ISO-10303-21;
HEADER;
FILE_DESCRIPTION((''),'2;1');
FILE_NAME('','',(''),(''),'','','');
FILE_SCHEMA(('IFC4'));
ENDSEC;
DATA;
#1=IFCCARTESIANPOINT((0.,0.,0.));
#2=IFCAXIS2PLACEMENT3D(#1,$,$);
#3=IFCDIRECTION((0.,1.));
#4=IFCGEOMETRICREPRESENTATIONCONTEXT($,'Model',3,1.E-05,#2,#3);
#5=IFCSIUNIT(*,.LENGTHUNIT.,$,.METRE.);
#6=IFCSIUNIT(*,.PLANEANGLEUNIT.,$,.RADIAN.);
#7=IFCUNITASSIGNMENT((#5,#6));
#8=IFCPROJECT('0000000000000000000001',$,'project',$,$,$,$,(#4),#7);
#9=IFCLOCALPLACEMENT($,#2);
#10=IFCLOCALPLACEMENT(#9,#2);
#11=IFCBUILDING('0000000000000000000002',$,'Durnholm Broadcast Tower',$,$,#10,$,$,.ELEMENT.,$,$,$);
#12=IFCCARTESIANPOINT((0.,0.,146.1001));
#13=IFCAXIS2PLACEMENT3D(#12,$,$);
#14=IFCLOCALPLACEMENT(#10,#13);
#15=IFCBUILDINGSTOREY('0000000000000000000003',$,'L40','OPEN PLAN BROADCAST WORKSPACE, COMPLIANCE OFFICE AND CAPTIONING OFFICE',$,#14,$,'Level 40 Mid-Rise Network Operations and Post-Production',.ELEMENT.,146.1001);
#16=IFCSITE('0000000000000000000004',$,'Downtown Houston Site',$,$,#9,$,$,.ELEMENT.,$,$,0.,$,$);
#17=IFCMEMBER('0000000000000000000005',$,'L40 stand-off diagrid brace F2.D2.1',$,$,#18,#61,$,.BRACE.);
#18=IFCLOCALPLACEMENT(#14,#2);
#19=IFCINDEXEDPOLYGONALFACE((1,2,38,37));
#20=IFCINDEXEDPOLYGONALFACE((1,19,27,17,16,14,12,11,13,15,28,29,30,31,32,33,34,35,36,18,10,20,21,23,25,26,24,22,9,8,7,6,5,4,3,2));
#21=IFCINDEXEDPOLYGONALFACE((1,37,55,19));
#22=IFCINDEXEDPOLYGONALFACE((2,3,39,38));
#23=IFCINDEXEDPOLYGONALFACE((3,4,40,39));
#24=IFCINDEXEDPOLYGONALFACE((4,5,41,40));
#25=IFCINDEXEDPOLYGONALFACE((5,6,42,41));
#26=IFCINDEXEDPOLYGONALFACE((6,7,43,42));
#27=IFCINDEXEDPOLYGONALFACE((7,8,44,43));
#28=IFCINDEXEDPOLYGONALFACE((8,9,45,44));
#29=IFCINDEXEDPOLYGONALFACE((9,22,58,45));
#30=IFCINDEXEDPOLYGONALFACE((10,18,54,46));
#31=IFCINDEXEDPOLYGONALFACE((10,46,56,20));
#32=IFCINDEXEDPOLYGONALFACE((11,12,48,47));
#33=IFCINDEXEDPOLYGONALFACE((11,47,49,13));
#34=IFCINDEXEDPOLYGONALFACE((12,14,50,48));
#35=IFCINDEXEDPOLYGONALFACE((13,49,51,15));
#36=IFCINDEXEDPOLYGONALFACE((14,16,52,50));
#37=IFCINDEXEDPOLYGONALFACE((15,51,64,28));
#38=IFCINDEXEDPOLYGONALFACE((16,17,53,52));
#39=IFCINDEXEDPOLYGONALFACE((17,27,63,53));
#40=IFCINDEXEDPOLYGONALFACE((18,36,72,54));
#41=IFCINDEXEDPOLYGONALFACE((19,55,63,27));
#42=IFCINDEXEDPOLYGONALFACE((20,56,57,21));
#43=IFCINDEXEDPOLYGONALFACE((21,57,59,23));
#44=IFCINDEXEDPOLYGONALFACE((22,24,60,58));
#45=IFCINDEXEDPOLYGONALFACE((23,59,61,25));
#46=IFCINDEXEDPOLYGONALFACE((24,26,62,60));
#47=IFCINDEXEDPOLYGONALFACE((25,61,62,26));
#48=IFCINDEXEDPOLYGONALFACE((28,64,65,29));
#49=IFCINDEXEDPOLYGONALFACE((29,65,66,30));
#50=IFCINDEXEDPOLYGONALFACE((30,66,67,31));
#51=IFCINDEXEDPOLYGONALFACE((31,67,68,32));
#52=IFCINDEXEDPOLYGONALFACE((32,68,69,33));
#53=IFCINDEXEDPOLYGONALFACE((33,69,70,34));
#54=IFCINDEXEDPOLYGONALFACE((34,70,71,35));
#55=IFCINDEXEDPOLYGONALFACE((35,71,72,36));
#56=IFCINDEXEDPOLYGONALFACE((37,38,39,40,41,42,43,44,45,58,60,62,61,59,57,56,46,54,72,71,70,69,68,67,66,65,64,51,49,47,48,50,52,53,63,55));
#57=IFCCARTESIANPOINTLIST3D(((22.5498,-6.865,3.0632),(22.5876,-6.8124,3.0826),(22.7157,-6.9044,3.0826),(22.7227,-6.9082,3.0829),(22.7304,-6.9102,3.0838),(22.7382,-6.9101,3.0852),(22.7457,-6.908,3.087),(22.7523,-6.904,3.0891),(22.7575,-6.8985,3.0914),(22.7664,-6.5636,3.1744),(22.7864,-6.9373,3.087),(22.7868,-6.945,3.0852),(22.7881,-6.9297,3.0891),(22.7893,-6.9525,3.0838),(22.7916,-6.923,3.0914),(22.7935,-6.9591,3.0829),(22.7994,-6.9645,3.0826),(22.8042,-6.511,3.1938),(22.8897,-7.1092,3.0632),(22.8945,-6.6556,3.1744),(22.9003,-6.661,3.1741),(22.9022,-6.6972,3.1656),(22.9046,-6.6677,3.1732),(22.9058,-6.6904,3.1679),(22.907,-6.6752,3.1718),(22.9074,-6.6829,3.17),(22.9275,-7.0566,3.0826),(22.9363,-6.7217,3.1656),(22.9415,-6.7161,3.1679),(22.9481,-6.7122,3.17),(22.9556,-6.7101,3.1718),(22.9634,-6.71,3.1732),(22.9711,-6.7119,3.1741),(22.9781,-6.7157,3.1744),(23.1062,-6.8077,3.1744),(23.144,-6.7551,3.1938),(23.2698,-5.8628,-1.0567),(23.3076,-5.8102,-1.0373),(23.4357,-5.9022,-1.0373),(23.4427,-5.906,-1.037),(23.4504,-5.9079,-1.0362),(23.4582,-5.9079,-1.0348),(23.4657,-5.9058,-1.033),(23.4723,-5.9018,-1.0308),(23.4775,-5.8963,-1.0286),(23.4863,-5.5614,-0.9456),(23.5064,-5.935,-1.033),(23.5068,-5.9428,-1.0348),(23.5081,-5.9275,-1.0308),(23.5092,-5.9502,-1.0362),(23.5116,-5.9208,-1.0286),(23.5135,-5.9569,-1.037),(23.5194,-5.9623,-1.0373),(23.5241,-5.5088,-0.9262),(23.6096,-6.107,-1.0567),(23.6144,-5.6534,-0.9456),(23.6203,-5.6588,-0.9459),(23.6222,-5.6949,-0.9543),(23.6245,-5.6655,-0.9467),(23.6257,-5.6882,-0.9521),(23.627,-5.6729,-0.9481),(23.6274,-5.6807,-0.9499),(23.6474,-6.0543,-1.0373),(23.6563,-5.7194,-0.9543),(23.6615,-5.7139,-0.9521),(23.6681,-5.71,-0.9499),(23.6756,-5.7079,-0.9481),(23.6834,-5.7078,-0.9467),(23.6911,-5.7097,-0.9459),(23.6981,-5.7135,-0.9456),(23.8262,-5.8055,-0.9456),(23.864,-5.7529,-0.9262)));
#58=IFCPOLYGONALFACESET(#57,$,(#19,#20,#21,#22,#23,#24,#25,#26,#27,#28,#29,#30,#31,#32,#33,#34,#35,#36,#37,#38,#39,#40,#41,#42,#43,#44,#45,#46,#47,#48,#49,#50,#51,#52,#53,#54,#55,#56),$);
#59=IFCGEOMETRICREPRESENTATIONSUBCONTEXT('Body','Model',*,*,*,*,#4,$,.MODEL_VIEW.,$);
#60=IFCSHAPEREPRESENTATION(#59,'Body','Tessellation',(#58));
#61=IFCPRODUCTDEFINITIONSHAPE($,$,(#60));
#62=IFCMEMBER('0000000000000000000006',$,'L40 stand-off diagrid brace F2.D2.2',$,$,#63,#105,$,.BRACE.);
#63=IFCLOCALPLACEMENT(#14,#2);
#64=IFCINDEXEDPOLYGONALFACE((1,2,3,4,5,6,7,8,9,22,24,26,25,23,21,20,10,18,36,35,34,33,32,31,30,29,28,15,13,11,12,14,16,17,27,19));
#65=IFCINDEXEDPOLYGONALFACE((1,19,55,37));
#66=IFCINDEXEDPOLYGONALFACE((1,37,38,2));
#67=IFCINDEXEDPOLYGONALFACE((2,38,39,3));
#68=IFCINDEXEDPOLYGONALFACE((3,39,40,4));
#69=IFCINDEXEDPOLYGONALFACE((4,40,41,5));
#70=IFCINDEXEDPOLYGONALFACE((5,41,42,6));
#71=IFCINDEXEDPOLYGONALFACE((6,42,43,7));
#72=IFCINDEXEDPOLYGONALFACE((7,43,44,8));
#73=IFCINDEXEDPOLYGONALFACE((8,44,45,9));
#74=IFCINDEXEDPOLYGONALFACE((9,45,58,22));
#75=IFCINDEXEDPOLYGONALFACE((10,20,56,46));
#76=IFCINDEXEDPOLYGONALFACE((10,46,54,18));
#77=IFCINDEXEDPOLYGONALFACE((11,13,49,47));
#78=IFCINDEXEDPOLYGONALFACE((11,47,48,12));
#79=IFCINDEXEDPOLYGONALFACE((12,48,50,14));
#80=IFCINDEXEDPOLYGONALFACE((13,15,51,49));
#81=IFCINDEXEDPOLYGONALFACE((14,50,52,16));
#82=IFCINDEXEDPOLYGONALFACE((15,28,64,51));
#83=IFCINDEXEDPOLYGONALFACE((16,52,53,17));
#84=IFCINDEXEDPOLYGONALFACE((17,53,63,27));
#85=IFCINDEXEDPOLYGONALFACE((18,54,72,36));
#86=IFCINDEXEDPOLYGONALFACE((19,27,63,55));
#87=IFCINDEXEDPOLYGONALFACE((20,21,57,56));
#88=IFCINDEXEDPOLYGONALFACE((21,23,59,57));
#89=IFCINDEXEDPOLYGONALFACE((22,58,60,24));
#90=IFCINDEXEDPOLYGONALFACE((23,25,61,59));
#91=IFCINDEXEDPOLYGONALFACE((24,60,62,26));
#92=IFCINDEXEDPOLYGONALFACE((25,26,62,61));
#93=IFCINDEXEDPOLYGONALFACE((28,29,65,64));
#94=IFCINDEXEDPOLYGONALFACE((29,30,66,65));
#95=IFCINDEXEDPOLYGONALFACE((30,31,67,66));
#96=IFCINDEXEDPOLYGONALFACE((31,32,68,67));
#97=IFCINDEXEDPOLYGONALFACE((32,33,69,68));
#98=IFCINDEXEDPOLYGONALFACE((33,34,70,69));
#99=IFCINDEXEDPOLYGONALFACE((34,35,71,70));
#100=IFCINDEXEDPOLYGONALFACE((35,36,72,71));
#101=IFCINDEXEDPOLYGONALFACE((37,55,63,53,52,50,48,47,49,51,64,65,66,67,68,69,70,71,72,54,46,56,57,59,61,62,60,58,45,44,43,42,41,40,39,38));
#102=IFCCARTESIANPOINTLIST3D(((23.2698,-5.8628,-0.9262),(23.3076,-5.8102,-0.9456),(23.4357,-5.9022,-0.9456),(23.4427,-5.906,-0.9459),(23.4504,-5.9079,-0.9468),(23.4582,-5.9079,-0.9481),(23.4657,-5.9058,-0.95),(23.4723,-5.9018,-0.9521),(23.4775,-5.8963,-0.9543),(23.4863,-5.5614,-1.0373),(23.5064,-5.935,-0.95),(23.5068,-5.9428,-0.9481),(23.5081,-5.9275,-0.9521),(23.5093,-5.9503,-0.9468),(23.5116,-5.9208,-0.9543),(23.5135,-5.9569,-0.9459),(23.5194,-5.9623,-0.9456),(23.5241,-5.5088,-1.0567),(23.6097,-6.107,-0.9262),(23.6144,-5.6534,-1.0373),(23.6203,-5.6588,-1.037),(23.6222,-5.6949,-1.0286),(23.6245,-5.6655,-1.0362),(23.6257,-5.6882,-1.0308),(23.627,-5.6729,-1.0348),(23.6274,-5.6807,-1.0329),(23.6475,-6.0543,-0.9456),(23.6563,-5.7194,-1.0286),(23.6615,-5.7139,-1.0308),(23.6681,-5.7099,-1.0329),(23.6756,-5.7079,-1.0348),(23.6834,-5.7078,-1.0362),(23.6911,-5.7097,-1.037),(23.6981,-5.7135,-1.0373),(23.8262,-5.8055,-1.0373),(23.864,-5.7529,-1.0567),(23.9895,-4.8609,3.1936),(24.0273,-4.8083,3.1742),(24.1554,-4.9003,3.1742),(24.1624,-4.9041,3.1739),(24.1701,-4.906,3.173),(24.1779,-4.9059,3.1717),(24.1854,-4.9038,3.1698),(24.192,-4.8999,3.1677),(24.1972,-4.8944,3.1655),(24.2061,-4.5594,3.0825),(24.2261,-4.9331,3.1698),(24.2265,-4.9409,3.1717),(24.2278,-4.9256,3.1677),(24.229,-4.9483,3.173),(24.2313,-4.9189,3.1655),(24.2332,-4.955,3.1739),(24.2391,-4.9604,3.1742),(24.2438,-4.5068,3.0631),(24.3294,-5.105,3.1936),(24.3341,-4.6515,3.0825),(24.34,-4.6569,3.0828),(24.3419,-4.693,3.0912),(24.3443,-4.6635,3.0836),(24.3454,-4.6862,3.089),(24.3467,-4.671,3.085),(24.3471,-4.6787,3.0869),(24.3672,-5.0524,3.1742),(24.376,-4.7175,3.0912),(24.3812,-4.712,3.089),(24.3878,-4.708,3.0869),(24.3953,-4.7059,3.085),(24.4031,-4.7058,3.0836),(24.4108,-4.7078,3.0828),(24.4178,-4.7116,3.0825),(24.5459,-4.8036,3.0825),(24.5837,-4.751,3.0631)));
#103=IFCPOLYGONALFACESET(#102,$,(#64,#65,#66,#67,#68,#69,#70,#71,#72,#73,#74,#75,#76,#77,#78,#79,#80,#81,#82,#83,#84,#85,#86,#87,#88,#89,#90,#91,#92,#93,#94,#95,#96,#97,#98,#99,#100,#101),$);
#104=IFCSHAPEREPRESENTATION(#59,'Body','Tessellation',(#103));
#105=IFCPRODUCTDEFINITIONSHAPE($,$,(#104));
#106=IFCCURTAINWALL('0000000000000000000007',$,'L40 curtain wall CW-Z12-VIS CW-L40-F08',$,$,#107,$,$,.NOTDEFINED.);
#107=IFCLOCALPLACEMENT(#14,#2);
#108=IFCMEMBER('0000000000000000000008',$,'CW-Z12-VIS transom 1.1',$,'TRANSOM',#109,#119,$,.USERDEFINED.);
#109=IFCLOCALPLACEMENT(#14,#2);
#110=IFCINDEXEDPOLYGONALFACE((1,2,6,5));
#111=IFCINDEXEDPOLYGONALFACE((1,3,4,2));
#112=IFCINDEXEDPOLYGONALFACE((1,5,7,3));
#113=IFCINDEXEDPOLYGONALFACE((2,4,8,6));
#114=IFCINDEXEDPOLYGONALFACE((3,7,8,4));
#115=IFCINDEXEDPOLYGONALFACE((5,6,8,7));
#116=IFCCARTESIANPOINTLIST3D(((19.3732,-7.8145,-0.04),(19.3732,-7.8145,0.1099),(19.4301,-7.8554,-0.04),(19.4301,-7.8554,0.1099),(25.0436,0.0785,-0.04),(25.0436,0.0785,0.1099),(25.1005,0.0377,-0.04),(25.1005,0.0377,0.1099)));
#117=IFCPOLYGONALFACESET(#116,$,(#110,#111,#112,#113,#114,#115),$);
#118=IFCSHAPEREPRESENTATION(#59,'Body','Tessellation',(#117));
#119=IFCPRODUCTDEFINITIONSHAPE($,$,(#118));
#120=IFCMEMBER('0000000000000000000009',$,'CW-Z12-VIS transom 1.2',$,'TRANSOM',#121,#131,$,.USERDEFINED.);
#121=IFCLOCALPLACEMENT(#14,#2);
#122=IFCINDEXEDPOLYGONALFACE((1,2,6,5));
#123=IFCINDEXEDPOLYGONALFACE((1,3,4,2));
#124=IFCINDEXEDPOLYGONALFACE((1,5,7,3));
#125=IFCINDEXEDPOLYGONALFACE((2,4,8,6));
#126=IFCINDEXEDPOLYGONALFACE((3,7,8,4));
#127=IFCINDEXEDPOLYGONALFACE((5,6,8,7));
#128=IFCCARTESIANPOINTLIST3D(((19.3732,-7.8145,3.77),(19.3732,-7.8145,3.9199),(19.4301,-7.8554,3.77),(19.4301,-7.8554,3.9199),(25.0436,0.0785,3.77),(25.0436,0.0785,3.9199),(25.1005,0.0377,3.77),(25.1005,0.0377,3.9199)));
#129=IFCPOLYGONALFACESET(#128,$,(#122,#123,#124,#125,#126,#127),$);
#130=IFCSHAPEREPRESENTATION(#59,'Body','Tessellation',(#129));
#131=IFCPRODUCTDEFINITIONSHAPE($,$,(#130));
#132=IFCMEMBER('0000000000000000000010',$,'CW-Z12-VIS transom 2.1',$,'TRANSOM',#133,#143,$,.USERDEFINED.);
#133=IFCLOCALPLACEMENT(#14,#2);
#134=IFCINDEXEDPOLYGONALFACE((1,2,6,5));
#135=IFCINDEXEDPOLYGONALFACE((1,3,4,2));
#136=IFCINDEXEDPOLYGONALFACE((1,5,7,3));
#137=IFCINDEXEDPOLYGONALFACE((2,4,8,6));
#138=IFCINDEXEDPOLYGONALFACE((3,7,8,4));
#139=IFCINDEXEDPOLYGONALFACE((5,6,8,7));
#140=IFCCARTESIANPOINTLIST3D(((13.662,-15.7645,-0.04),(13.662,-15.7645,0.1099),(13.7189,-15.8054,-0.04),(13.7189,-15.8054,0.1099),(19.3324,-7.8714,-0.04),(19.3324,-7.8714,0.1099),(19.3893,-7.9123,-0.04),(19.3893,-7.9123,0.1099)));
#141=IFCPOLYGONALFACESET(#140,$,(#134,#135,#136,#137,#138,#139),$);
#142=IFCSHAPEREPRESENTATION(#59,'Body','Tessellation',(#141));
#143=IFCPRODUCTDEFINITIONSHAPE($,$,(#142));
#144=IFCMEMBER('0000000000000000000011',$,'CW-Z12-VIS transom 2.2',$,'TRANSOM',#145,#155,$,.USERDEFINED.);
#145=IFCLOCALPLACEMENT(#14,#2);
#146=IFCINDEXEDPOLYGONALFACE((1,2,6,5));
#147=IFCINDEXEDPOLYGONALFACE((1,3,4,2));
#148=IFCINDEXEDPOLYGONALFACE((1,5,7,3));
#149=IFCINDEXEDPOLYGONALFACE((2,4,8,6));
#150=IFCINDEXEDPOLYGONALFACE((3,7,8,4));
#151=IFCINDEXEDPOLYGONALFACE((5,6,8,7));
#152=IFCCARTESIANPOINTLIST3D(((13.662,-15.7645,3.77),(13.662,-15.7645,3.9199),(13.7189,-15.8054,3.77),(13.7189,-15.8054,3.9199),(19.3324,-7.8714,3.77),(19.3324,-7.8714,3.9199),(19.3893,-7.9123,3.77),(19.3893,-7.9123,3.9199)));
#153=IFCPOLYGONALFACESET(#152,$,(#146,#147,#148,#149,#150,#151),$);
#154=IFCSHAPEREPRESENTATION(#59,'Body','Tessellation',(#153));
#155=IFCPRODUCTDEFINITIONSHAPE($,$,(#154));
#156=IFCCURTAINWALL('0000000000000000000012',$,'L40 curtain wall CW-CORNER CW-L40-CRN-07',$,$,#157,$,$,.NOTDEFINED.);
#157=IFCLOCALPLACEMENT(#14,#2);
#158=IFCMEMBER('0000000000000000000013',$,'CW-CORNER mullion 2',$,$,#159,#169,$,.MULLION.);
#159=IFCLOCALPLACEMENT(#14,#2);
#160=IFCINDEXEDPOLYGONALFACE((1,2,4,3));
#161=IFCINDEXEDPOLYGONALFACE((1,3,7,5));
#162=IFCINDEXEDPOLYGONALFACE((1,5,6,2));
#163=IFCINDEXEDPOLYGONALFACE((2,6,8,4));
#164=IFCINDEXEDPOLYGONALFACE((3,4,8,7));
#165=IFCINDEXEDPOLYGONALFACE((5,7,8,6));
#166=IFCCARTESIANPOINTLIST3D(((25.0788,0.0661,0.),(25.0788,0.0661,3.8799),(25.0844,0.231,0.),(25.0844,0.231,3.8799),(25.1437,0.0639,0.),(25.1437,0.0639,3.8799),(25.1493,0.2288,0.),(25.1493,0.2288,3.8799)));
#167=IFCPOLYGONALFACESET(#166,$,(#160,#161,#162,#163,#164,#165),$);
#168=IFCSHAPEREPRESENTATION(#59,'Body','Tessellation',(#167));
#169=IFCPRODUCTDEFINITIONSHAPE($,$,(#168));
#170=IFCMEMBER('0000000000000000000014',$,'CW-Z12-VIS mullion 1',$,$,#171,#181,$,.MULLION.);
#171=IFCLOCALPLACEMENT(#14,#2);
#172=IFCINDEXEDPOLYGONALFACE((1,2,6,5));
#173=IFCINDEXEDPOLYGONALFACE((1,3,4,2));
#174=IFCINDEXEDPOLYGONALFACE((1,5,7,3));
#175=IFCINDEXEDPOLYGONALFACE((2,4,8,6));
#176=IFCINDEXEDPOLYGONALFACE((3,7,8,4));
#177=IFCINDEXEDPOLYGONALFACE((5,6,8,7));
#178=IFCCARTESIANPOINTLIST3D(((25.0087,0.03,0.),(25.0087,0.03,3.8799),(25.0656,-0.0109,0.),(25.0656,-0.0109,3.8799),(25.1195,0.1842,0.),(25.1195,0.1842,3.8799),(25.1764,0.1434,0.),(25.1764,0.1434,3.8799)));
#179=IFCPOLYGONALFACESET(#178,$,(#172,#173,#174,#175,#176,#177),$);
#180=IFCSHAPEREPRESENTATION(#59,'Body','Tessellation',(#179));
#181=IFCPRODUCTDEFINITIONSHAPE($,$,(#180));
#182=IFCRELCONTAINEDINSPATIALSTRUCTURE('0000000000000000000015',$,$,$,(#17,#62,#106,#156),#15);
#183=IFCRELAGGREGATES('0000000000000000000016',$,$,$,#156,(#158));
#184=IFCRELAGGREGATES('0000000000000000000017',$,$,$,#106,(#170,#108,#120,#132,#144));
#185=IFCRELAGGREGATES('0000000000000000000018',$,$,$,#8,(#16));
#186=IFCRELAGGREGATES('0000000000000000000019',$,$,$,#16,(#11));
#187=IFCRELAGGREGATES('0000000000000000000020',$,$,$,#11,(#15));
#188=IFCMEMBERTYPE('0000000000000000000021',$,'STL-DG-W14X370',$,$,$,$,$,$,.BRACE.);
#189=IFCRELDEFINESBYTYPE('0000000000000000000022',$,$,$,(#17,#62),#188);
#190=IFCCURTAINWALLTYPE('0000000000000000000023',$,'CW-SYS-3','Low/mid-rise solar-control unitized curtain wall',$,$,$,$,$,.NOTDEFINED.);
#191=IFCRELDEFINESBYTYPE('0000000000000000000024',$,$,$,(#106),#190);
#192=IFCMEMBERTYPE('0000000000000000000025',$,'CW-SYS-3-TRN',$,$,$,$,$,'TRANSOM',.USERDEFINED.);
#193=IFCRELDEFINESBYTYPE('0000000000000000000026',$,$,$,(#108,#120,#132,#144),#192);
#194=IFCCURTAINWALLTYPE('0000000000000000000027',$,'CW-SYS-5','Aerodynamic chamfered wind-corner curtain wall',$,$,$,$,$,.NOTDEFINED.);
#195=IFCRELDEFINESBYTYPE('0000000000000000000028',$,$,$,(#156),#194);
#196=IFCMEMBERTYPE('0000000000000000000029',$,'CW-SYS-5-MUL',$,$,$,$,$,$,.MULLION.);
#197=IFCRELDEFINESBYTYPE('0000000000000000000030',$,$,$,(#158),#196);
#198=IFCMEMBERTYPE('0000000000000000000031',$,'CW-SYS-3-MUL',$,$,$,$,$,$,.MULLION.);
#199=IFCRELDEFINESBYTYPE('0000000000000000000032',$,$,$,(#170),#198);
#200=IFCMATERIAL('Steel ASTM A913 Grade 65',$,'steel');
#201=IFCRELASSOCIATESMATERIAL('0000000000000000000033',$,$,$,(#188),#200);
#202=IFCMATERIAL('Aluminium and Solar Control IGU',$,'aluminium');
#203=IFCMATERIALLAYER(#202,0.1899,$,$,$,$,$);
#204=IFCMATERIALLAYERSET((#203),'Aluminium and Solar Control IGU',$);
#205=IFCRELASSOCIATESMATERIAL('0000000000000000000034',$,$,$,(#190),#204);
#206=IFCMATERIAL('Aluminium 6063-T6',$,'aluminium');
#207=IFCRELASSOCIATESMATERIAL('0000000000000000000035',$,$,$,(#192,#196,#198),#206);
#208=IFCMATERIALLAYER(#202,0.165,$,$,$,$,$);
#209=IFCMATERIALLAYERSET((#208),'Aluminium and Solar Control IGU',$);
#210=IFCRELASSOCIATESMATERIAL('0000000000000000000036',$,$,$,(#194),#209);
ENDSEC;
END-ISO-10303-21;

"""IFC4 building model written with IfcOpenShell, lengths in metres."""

from ifc_helpers import new_model, si_unit, direction, frame, origin, origin_2d, place, context, subcontext, project, spatial, rectangle, i_section, extrude, source, transform, mapped, material, layer, layer_set, material_profile, profile_set, type_object, type_shapes, element, aggregate, save


model = new_model("IFC4")

# Units and contexts
model_context = context("Model", 3, precision=1e-05, world=origin(), true_north=direction((0.0, 1.0)))
body_context = subcontext(model_context, "Body", "Model", "MODEL_VIEW")
ifc_project = project(units=[si_unit("LENGTHUNIT", "METRE"), si_unit("PLANEANGLEUNIT", "RADIAN")], contexts=[model_context])

# Site, building, storey
site_placement = place(None, origin())
site = spatial("IfcSite", under=ifc_project, at=site_placement, Name="Downtown Houston Site", CompositionType="ELEMENT", RefElevation=0.0)
building_placement = place(site_placement, origin())
building = spatial("IfcBuilding", under=site, at=building_placement, Name="Durnholm Broadcast Tower", CompositionType="ELEMENT")
storey_placement = place(building_placement, frame((0.0, 0.0, 146.1001)))
storey = spatial("IfcBuildingStorey", under=building, at=storey_placement, Name="L40", Description="OPEN PLAN BROADCAST WORKSPACE, COMPLIANCE OFFICE AND CAPTIONING OFFICE", LongName="Level 40 Mid-Rise Network Operations and Post-Production", CompositionType="ELEMENT", Elevation=146.1001)

# Members
ifc_material_1 = material(Name="Steel ASTM A913 Grade 65", Category="steel")
ifc_material_profile_1 = material_profile(ifc_material_1, i_section(OverallWidth=0.4185, OverallDepth=0.4551, WebThickness=0.042, FlangeThickness=0.0676, FilletRadius=0.0305, at=origin_2d()), Name="W14X370")
ifc_profile_set_1 = profile_set([ifc_material_profile_1], Name="Steel ASTM A913 Grade 65")
member_type_1 = type_object("IfcMemberType", Name="STL-DG-W14X370", PredefinedType="BRACE", material=ifc_profile_set_1)
shared_shape_1 = source(origin(), body_context, "Body", "SweptSolid", [
    extrude(i_section(OverallWidth=0.4185, OverallDepth=0.4551, WebThickness=0.042, FlangeThickness=0.0676, FilletRadius=0.0305, at=origin_2d()), origin(), (0.0, 0.0, 1.0), 4.3008),
])
member_1_placement = place(storey_placement, frame((23.5669, -5.8079, -0.9915), z_axis=(-0.167407, -0.233031, 0.957952), x_axis=(0.812153, -0.583444, 0.0)))
element("IfcMember", 1, at=member_1_placement, inside=storey, type_object=member_type_1, Name="L40 stand-off diagrid brace F2.D2.1", PredefinedType="BRACE", context=body_context, shape_type="MappedRepresentation", body=[
    mapped(shared_shape_1, transform((0.0, 0.0, 0.0), x_axis=(1.0, 0.0, 0.0), y_axis=(0.0, 1.0, 0.0), z_axis=(0.0, 0.0, 1.0), scale=1.0)),
])
shared_shape_2 = source(origin(), body_context, "Body", "SweptSolid", [
    extrude(i_section(OverallWidth=0.4185, OverallDepth=0.4551, WebThickness=0.042, FlangeThickness=0.0676, FilletRadius=0.0305, at=origin_2d()), origin(), (0.0, 0.0, 1.0), 4.3005),
])
type_shapes(member_type_1, [shared_shape_1, shared_shape_2])
member_2_placement = place(storey_placement, frame((23.5669, -5.8079, -0.9915), z_axis=(0.167354, 0.232979, 0.957973), x_axis=(-0.812179, 0.583408, 0.0)))
element("IfcMember", 2, at=member_2_placement, inside=storey, type_object=member_type_1, Name="L40 stand-off diagrid brace F2.D2.2", PredefinedType="BRACE", context=body_context, shape_type="MappedRepresentation", body=[
    mapped(shared_shape_2, transform((0.0, 0.0, 0.0), x_axis=(1.0, 0.0, 0.0), y_axis=(0.0, 1.0, 0.0), z_axis=(0.0, 0.0, 1.0), scale=1.0)),
])

# Curtain wall, members
ifc_material_2 = material(Name="Aluminium and Solar Control IGU", Category="aluminium")
ifc_layer_1 = layer(ifc_material_2, 0.1899)
ifc_layer_set_1 = layer_set([ifc_layer_1], Name="Aluminium and Solar Control IGU")
curtain_wall_type_1 = type_object("IfcCurtainWallType", Name="CW-SYS-3", Description="Low/mid-rise solar-control unitized curtain wall", PredefinedType="NOTDEFINED", material=ifc_layer_set_1)
curtain_wall_1_placement = place(storey_placement, origin())
curtain_wall_1 = element("IfcCurtainWall", 3, at=curtain_wall_1_placement, inside=storey, type_object=curtain_wall_type_1, Name="L40 curtain wall CW-Z12-VIS CW-L40-F08", PredefinedType="NOTDEFINED")
ifc_material_3 = material(Name="Aluminium 6063-T6", Category="aluminium")
ifc_material_profile_2 = material_profile(ifc_material_3, rectangle(XDim=0.0701, YDim=0.1499, at=origin_2d()), Name="CWT70X150")
ifc_profile_set_2 = profile_set([ifc_material_profile_2], Name="Aluminium 6063-T6")
member_type_2 = type_object("IfcMemberType", Name="CW-SYS-3-TRN", ElementType="TRANSOM", PredefinedType="USERDEFINED", material=ifc_profile_set_2)
shared_shape_3 = source(origin(), body_context, "Body", "SweptSolid", [
    extrude(rectangle(XDim=0.0701, YDim=0.1499, at=origin_2d()), origin(), (0.0, 0.0, 1.0), 9.7188),
])
type_shapes(member_type_2, [shared_shape_3])
member_3_placement = place(storey_placement, frame((25.072, 0.0581, 0.0349), z_axis=(-0.583451, -0.812149, 0.0), x_axis=(0.812149, -0.583451, 0.0)))
member_3 = element("IfcMember", 4, at=member_3_placement, type_object=member_type_2, Name="CW-Z12-VIS transom 1.1", ObjectType="TRANSOM", PredefinedType="USERDEFINED", context=body_context, shape_type="MappedRepresentation", body=[
    mapped(shared_shape_3, transform((0.0, 0.0, 0.0), x_axis=(1.0, 0.0, 0.0), y_axis=(0.0, 1.0, 0.0), z_axis=(0.0, 0.0, 1.0), scale=1.0)),
])
member_4_placement = place(storey_placement, frame((25.072, 0.0581, 3.845), z_axis=(-0.583451, -0.812149, 0.0), x_axis=(0.812149, -0.583451, 0.0)))
member_4 = element("IfcMember", 5, at=member_4_placement, type_object=member_type_2, Name="CW-Z12-VIS transom 1.2", ObjectType="TRANSOM", PredefinedType="USERDEFINED", context=body_context, shape_type="MappedRepresentation", body=[
    mapped(shared_shape_3, transform((0.0, 0.0, 0.0), x_axis=(1.0, 0.0, 0.0), y_axis=(0.0, 1.0, 0.0), z_axis=(0.0, 0.0, 1.0), scale=1.0)),
])
member_5_placement = place(storey_placement, frame((19.3608, -7.8918, 0.0349), z_axis=(-0.583451, -0.812149, 0.0), x_axis=(0.812149, -0.583451, 0.0)))
member_5 = element("IfcMember", 6, at=member_5_placement, type_object=member_type_2, Name="CW-Z12-VIS transom 2.1", ObjectType="TRANSOM", PredefinedType="USERDEFINED", context=body_context, shape_type="MappedRepresentation", body=[
    mapped(shared_shape_3, transform((0.0, 0.0, 0.0), x_axis=(1.0, 0.0, 0.0), y_axis=(0.0, 1.0, 0.0), z_axis=(0.0, 0.0, 1.0), scale=1.0)),
])
member_6_placement = place(storey_placement, frame((19.3608, -7.8918, 3.845), z_axis=(-0.583451, -0.812149, 0.0), x_axis=(0.812149, -0.583451, 0.0)))
member_6 = element("IfcMember", 7, at=member_6_placement, type_object=member_type_2, Name="CW-Z12-VIS transom 2.2", ObjectType="TRANSOM", PredefinedType="USERDEFINED", context=body_context, shape_type="MappedRepresentation", body=[
    mapped(shared_shape_3, transform((0.0, 0.0, 0.0), x_axis=(1.0, 0.0, 0.0), y_axis=(0.0, 1.0, 0.0), z_axis=(0.0, 0.0, 1.0), scale=1.0)),
])

# Curtain wall, member
ifc_layer_2 = layer(ifc_material_2, 0.165)
ifc_layer_set_2 = layer_set([ifc_layer_2], Name="Aluminium and Solar Control IGU")
curtain_wall_type_2 = type_object("IfcCurtainWallType", Name="CW-SYS-5", Description="Aerodynamic chamfered wind-corner curtain wall", PredefinedType="NOTDEFINED", material=ifc_layer_set_2)
curtain_wall_2_placement = place(storey_placement, origin())
curtain_wall_2 = element("IfcCurtainWall", 8, at=curtain_wall_2_placement, inside=storey, type_object=curtain_wall_type_2, Name="L40 curtain wall CW-CORNER CW-L40-CRN-07", PredefinedType="NOTDEFINED")
ifc_material_profile_3 = material_profile(ifc_material_3, rectangle(XDim=0.0649, YDim=0.165, at=origin_2d()), Name="CWM65X165")
ifc_profile_set_3 = profile_set([ifc_material_profile_3], Name="Aluminium 6063-T6")
member_type_3 = type_object("IfcMemberType", Name="CW-SYS-5-MUL", PredefinedType="MULLION", material=ifc_profile_set_3)
shared_shape_4 = source(origin(), body_context, "Body", "SweptSolid", [
    extrude(rectangle(XDim=0.0649, YDim=0.165, at=origin_2d()), origin(), (0.0, 0.0, 1.0), 3.8799),
])
type_shapes(member_type_3, [shared_shape_4])
member_7_placement = place(storey_placement, frame((25.114, 0.1475, 0.0), z_axis=(0.0, 0.0, 1.0), x_axis=(0.999425, -0.033917, 0.0)))
member_7 = element("IfcMember", 9, at=member_7_placement, type_object=member_type_3, Name="CW-CORNER mullion 2", PredefinedType="MULLION", context=body_context, shape_type="MappedRepresentation", body=[
    mapped(shared_shape_4, transform((0.0, 0.0, 0.0), x_axis=(1.0, 0.0, 0.0), y_axis=(0.0, 1.0, 0.0), z_axis=(0.0, 0.0, 1.0), scale=1.0)),
])
aggregate(curtain_wall_2, [member_7])

# Member
ifc_material_profile_4 = material_profile(ifc_material_3, rectangle(XDim=0.0701, YDim=0.1899, at=origin_2d()), Name="CWM70X190")
ifc_profile_set_4 = profile_set([ifc_material_profile_4], Name="Aluminium 6063-T6")
member_type_4 = type_object("IfcMemberType", Name="CW-SYS-3-MUL", PredefinedType="MULLION", material=ifc_profile_set_4)
shared_shape_5 = source(origin(), body_context, "Body", "SweptSolid", [
    extrude(rectangle(XDim=0.0701, YDim=0.1899, at=origin_2d()), origin(), (0.0, 0.0, 1.0), 3.8799),
])
type_shapes(member_type_4, [shared_shape_5])
member_8_placement = place(storey_placement, frame((25.0925, 0.0867, 0.0), z_axis=(0.0, 0.0, 1.0), x_axis=(0.812152, -0.583445, 0.0)))
member_8 = element("IfcMember", 10, at=member_8_placement, type_object=member_type_4, Name="CW-Z12-VIS mullion 1", PredefinedType="MULLION", context=body_context, shape_type="MappedRepresentation", body=[
    mapped(shared_shape_5, transform((0.0, 0.0, 0.0), x_axis=(1.0, 0.0, 0.0), y_axis=(0.0, 1.0, 0.0), z_axis=(0.0, 0.0, 1.0), scale=1.0)),
])

aggregate(curtain_wall_1, [member_8, member_3, member_4, member_5, member_6])

save(model, "model.ifc")
